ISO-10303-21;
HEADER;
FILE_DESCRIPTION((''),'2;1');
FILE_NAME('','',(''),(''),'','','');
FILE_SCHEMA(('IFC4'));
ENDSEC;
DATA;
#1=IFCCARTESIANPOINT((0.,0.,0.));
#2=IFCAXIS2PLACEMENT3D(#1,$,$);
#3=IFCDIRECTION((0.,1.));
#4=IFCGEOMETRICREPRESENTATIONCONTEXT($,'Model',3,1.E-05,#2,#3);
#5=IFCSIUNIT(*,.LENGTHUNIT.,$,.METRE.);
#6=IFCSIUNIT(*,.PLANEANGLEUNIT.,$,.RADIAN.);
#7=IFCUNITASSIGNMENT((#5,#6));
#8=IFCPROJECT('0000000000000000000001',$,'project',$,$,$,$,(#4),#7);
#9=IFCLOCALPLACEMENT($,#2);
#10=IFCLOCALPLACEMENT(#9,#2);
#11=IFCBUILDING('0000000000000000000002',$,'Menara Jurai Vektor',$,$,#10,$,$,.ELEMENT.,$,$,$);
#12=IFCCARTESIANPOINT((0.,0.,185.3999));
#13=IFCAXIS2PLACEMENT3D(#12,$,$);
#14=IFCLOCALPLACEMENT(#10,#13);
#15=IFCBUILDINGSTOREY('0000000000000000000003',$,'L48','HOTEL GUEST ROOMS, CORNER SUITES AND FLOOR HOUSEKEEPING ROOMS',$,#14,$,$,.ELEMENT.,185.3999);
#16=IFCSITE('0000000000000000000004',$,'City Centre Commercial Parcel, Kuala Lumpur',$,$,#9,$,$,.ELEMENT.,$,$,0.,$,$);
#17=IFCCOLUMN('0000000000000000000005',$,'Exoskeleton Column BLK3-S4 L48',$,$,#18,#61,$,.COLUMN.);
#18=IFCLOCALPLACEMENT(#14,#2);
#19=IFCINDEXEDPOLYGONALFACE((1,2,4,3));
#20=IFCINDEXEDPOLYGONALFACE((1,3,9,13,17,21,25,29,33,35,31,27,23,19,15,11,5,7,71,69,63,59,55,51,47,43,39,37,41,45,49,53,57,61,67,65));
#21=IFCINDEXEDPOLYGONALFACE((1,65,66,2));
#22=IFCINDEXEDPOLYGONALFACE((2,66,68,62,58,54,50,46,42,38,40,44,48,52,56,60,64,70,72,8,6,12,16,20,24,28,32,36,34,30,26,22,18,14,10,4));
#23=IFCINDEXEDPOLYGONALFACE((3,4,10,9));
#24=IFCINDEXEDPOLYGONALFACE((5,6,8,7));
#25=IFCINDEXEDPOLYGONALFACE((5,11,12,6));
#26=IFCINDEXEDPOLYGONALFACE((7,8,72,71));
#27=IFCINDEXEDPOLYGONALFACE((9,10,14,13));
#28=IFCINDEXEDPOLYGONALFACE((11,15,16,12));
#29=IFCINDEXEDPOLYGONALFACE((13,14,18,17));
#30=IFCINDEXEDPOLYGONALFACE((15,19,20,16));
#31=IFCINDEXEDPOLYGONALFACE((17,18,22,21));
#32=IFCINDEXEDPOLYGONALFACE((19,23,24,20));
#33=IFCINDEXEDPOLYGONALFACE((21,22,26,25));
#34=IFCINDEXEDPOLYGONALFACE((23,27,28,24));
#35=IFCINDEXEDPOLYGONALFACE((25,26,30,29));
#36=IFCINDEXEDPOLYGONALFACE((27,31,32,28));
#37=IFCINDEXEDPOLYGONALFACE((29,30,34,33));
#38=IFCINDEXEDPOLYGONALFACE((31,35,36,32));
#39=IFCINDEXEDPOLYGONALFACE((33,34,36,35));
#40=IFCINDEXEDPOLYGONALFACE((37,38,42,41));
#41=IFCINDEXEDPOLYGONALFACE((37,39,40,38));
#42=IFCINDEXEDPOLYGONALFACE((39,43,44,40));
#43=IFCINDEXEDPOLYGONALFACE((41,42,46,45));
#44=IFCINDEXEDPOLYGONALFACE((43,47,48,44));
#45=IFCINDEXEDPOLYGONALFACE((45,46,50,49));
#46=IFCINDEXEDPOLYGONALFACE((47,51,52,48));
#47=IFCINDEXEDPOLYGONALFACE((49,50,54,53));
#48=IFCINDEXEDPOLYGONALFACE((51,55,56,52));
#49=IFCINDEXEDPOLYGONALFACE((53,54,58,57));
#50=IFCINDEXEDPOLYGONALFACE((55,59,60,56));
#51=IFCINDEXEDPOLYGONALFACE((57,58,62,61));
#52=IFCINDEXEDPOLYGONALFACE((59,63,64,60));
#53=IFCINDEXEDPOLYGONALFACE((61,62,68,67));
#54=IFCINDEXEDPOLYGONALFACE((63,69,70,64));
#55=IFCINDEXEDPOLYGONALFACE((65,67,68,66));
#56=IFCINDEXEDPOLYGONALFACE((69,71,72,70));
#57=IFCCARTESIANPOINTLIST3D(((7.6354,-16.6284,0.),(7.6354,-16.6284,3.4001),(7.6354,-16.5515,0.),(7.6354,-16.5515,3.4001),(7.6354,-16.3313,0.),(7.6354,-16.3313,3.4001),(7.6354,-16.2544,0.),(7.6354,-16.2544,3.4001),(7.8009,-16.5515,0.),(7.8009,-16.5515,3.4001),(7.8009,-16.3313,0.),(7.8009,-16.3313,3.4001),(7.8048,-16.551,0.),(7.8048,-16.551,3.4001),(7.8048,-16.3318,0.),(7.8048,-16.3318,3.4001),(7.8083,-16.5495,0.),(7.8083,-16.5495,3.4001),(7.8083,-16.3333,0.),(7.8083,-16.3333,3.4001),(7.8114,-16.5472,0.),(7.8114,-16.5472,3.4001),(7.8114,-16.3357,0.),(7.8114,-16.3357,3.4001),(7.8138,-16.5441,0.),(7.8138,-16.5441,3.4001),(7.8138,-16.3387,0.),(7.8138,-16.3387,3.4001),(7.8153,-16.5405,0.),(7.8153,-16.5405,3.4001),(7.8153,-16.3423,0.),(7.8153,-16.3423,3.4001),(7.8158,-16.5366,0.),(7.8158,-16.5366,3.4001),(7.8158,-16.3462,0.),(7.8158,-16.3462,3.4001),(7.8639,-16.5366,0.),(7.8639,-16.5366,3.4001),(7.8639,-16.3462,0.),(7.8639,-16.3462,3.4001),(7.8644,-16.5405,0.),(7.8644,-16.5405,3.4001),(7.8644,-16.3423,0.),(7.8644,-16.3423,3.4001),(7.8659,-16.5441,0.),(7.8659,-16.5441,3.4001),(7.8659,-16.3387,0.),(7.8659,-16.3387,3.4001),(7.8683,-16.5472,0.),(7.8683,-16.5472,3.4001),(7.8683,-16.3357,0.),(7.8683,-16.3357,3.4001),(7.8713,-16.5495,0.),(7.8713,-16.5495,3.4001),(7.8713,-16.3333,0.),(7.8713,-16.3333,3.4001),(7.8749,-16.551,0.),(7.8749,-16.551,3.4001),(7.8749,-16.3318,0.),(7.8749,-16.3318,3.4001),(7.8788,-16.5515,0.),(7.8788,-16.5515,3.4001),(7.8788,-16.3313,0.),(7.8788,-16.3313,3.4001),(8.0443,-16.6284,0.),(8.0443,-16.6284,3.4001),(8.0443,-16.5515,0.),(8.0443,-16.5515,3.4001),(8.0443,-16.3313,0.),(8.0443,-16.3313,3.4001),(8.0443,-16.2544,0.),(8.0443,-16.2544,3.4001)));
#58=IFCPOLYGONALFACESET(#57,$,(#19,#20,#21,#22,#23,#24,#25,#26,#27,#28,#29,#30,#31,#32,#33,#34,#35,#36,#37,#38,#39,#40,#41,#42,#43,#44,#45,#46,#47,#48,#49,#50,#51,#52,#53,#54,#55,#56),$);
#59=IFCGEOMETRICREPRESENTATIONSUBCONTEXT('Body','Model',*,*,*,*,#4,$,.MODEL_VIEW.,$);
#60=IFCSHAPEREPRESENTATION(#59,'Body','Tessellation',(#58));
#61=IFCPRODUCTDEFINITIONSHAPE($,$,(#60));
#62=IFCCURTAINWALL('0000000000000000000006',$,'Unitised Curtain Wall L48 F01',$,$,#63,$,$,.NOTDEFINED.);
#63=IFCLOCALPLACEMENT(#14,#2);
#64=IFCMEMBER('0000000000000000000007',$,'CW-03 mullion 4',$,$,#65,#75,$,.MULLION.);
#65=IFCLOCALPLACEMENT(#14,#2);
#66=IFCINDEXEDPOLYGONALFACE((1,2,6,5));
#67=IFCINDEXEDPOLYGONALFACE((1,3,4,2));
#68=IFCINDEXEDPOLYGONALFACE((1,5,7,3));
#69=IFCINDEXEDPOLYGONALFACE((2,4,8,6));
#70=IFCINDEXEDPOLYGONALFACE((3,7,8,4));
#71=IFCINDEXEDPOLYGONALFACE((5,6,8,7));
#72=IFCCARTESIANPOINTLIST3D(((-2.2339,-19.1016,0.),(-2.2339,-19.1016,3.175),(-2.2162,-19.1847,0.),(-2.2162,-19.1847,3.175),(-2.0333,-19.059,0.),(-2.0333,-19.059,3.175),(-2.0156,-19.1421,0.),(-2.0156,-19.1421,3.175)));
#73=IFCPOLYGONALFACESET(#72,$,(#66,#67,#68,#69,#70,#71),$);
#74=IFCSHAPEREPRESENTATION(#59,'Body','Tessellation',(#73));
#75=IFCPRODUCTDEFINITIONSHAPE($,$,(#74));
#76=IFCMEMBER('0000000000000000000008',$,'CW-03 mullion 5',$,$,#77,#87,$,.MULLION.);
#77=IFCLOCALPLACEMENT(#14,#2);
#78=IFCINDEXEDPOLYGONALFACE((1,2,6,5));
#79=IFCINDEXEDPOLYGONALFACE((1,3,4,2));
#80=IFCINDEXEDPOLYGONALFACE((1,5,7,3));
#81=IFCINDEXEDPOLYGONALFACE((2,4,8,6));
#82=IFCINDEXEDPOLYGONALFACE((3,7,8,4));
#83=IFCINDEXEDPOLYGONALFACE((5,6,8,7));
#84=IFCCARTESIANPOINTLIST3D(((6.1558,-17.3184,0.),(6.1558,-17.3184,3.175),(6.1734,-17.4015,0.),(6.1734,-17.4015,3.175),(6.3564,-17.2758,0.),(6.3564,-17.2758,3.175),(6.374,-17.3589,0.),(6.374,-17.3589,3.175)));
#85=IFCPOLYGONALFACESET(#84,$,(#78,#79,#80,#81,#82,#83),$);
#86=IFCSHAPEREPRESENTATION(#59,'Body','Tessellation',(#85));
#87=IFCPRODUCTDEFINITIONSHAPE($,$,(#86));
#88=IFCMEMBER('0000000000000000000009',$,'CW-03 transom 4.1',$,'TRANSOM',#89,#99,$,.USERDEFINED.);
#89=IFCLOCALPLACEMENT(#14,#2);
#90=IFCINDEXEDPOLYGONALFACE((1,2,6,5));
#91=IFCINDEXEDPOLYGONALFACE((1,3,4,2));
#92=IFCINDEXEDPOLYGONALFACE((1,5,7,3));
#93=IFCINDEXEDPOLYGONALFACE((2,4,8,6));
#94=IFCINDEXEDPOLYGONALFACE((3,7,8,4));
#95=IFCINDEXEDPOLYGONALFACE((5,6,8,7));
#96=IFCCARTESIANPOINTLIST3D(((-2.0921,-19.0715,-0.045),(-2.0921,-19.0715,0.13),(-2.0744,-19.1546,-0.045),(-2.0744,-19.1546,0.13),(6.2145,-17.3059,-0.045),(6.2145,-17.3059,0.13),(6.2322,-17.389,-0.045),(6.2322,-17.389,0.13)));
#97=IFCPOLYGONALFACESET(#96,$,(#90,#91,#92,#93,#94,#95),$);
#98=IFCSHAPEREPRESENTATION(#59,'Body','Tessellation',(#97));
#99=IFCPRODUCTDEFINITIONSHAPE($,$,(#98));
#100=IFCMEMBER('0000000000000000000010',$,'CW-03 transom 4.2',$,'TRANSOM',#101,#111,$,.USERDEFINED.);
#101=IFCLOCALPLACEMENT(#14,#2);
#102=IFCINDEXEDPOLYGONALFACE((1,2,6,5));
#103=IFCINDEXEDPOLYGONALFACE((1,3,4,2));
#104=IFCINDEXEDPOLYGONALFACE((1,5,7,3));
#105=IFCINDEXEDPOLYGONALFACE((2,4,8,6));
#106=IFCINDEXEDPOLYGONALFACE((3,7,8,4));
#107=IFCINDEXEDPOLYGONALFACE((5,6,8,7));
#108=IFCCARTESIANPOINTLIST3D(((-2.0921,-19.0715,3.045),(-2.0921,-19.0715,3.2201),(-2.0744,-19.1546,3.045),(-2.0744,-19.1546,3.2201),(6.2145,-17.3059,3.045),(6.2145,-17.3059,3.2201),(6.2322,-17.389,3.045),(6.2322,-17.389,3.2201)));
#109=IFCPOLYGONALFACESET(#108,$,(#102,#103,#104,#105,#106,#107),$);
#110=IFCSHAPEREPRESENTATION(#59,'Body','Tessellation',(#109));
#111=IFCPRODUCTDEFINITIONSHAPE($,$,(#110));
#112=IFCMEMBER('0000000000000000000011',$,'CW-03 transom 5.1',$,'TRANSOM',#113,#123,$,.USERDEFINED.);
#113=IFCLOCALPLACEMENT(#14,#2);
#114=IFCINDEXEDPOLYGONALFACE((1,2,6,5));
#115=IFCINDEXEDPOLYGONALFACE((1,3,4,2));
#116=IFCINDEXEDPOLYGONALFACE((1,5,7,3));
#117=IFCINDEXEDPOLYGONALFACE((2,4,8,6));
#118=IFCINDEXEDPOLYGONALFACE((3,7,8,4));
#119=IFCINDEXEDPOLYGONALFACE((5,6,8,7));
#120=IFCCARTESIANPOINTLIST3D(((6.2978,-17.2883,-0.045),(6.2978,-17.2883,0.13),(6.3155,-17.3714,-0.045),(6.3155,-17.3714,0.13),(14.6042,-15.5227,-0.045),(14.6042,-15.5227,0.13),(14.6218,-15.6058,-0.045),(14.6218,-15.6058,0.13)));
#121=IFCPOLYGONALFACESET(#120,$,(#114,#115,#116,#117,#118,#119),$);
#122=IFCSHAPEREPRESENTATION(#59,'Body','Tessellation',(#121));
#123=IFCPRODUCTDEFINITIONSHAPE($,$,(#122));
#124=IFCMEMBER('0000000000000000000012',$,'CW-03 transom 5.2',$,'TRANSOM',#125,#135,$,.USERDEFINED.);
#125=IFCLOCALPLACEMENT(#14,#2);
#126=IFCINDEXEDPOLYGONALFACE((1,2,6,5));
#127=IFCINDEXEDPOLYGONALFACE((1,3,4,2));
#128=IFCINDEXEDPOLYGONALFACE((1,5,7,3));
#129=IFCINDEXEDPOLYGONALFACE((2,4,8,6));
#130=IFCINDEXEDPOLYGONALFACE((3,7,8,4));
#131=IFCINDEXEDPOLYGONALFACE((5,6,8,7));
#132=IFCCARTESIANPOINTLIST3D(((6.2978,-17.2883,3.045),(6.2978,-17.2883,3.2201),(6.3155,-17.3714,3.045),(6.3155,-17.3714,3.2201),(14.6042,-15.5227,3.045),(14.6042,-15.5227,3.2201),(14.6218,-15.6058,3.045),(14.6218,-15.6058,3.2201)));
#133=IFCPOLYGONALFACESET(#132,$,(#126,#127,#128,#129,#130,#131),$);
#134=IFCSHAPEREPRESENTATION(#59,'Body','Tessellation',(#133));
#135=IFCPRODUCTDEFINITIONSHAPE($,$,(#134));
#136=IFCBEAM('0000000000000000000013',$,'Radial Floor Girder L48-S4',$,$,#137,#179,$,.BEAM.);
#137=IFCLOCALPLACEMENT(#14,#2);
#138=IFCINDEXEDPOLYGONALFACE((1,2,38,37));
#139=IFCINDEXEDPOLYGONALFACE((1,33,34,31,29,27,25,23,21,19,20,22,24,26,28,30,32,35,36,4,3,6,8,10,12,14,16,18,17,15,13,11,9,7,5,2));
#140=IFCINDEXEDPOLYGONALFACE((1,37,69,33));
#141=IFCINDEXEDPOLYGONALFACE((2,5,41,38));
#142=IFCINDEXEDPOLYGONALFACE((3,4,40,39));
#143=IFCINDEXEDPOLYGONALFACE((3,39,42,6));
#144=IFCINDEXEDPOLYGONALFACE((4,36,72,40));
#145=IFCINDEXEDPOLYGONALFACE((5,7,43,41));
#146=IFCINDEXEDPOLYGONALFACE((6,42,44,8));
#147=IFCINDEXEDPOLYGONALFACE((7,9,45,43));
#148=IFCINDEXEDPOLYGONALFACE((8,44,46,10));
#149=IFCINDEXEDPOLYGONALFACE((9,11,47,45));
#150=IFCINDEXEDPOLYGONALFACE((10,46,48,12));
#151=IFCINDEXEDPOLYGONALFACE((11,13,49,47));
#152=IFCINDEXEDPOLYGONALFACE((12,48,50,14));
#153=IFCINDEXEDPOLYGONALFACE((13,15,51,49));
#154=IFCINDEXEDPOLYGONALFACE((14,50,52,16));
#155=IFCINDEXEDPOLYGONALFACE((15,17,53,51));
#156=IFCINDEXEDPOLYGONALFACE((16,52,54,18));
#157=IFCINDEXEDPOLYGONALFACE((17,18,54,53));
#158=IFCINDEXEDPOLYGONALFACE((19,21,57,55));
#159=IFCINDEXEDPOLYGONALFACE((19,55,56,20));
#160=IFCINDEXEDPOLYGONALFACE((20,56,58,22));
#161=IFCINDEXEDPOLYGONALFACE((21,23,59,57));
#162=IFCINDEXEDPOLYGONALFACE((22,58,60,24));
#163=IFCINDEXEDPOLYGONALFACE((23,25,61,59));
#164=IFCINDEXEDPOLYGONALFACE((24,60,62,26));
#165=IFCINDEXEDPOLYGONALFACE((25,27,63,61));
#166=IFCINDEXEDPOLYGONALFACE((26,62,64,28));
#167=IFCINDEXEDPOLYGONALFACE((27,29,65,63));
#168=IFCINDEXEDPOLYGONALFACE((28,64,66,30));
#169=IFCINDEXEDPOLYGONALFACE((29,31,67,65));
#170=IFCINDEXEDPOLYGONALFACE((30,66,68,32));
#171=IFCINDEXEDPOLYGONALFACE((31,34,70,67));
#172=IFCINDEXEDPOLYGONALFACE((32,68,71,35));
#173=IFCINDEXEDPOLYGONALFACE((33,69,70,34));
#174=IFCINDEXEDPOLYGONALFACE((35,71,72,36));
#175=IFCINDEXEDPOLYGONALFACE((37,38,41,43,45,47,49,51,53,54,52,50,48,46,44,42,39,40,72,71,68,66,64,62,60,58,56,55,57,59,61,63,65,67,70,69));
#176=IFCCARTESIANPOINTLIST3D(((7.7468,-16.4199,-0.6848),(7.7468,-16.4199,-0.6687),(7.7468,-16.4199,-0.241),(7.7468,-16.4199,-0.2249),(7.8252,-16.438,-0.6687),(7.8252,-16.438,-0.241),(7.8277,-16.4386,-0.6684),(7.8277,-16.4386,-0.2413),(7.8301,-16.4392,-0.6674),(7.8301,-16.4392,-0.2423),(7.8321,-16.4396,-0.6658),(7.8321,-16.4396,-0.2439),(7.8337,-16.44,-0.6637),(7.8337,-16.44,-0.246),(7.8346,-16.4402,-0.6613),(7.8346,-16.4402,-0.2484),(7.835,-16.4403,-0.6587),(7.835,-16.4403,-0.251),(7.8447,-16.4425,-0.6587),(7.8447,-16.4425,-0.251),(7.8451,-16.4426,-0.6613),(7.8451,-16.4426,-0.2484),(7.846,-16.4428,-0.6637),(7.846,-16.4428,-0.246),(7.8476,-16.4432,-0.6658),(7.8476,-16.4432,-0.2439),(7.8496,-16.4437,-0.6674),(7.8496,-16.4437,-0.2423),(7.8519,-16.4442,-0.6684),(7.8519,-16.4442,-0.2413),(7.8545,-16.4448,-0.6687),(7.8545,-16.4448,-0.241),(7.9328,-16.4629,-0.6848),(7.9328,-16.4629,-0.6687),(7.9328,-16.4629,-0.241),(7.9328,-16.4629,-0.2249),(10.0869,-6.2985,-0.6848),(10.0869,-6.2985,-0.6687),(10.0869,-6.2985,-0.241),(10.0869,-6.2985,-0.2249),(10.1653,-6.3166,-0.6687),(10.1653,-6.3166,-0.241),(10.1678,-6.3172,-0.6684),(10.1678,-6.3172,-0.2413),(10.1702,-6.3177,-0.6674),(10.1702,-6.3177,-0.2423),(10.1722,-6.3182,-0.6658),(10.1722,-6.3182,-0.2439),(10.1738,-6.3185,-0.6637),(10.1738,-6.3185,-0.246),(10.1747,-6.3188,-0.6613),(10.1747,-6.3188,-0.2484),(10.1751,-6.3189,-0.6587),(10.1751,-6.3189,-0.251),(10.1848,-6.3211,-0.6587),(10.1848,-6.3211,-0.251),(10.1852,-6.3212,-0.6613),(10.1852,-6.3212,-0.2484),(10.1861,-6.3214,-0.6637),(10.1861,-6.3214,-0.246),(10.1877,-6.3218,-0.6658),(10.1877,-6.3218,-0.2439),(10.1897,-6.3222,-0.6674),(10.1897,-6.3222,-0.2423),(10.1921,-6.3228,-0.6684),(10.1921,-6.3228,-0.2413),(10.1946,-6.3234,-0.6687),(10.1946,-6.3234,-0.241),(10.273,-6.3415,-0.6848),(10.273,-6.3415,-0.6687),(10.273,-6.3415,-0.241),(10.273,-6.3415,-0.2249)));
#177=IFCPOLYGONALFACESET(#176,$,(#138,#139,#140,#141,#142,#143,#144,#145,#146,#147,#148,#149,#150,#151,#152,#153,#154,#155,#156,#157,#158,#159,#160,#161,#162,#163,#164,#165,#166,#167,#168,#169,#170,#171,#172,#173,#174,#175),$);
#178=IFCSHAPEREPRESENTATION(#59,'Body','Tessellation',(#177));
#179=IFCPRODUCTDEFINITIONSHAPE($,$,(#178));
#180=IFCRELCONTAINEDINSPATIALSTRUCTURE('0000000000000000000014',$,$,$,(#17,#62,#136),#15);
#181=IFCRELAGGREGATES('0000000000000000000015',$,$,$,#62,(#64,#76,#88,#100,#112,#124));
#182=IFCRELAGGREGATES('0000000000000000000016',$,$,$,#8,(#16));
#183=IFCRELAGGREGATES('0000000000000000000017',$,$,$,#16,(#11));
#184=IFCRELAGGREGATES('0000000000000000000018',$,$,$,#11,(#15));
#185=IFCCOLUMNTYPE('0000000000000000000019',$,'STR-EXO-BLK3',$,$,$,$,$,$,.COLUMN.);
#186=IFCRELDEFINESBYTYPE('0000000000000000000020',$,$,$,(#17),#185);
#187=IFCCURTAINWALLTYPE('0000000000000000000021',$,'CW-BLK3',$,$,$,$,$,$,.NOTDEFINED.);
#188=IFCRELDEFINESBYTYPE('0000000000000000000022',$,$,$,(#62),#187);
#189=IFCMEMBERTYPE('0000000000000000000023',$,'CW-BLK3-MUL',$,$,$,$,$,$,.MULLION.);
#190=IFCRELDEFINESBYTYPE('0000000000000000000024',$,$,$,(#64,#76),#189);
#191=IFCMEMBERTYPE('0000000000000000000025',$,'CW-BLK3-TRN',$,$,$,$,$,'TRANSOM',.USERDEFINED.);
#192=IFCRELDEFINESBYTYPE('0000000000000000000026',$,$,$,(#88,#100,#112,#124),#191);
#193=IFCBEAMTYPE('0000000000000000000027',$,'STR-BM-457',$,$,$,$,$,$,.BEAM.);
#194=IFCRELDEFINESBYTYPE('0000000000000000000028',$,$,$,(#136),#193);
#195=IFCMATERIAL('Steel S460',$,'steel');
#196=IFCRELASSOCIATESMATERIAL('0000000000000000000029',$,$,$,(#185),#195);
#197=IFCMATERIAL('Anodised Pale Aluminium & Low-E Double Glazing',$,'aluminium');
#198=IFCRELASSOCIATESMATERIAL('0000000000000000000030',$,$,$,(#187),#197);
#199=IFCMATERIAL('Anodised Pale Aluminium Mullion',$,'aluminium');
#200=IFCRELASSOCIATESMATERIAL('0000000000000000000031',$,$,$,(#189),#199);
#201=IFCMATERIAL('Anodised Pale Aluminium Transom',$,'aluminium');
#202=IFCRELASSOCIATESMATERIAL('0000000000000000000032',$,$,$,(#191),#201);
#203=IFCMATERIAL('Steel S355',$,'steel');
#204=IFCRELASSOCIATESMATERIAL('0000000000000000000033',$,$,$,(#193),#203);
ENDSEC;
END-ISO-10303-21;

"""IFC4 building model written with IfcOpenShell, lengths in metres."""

from ifc_helpers import new_model, si_unit, direction, frame, origin, origin_2d, place, context, subcontext, project, spatial, rectangle, i_section, extrude, material, material_profile, profile_set, type_object, element, aggregate, save


model = new_model("IFC4")

# Units and contexts
model_context = context("Model", 3, precision=1e-05, world=origin(), true_north=direction((0.0, 1.0)))
body_context = subcontext(model_context, "Body", "Model", "MODEL_VIEW")
ifc_project = project(units=[si_unit("LENGTHUNIT", "METRE"), si_unit("PLANEANGLEUNIT", "RADIAN")], contexts=[model_context])

# Site, building, storey
site_placement = place(None, origin())
site = spatial("IfcSite", under=ifc_project, at=site_placement, Name="City Centre Commercial Parcel, Kuala Lumpur", CompositionType="ELEMENT", RefElevation=0.0)
building_placement = place(site_placement, origin())
building = spatial("IfcBuilding", under=site, at=building_placement, Name="Menara Jurai Vektor", CompositionType="ELEMENT")
storey_placement = place(building_placement, frame((0.0, 0.0, 185.3999)))
storey = spatial("IfcBuildingStorey", under=building, at=storey_placement, Name="L48", Description="HOTEL GUEST ROOMS, CORNER SUITES AND FLOOR HOUSEKEEPING ROOMS", CompositionType="ELEMENT", Elevation=185.3999)

# Column
ifc_material_1 = material(Name="Steel S460", Category="steel")
ifc_material_profile_1 = material_profile(ifc_material_1, i_section(OverallWidth=0.4089, OverallDepth=0.374, WebThickness=0.0481, FlangeThickness=0.0769, FilletRadius=0.0149, at=origin_2d()), Name="HD 400x634")
ifc_profile_set_1 = profile_set([ifc_material_profile_1], Name="Steel S460")
column_type = type_object("IfcColumnType", Name="STR-EXO-BLK3", PredefinedType="COLUMN", material=ifc_profile_set_1)
column_placement = place(storey_placement, frame((7.8398, -16.4414, 0.0), z_axis=(0.0, 0.0, 1.0), x_axis=(1.0, 0.0, 0.0)))
element("IfcColumn", 1, at=column_placement, inside=storey, type_object=column_type, Name="Exoskeleton Column BLK3-S4 L48", PredefinedType="COLUMN", context=body_context, shape_type="SweptSolid", body=[
    extrude(i_section(OverallWidth=0.4089, OverallDepth=0.374, WebThickness=0.0481, FlangeThickness=0.0769, FilletRadius=0.0149, at=origin_2d()), origin(), (0.0, 0.0, 1.0), 3.4001),
])

# Curtain wall, members
ifc_material_2 = material(Name="Anodised Pale Aluminium & Low-E Double Glazing", Category="aluminium")
curtain_wall_type = type_object("IfcCurtainWallType", Name="CW-BLK3", PredefinedType="NOTDEFINED", material=ifc_material_2)
curtain_wall_placement = place(storey_placement, origin())
curtain_wall = element("IfcCurtainWall", 2, at=curtain_wall_placement, inside=storey, type_object=curtain_wall_type, Name="Unitised Curtain Wall L48 F01", PredefinedType="NOTDEFINED")
ifc_material_3 = material(Name="Anodised Pale Aluminium Mullion", Category="aluminium")
ifc_material_profile_2 = material_profile(ifc_material_3, rectangle(XDim=0.085, YDim=0.2051, at=origin_2d()), Name="ALU MUL 85x205")
ifc_profile_set_2 = profile_set([ifc_material_profile_2], Name="Anodised Pale Aluminium Mullion")
member_type_1 = type_object("IfcMemberType", Name="CW-BLK3-MUL", PredefinedType="MULLION", material=ifc_profile_set_2)
member_1_placement = place(storey_placement, frame((-2.1248, -19.1218, 0.0), z_axis=(0.0, 0.0, 1.0), x_axis=(-0.207911, 0.978148, 0.0)))
member_1 = element("IfcMember", 3, at=member_1_placement, type_object=member_type_1, Name="CW-03 mullion 4", PredefinedType="MULLION", context=body_context, shape_type="SweptSolid", body=[
    extrude(rectangle(XDim=0.085, YDim=0.2051, at=origin_2d()), origin(), (0.0, 0.0, 1.0), 3.175),
])
member_2_placement = place(storey_placement, frame((6.2649, -17.3386, 0.0), z_axis=(0.0, 0.0, 1.0), x_axis=(-0.207911, 0.978148, 0.0)))
member_2 = element("IfcMember", 4, at=member_2_placement, type_object=member_type_1, Name="CW-03 mullion 5", PredefinedType="MULLION", context=body_context, shape_type="SweptSolid", body=[
    extrude(rectangle(XDim=0.085, YDim=0.2051, at=origin_2d()), origin(), (0.0, 0.0, 1.0), 3.175),
])
ifc_material_4 = material(Name="Anodised Pale Aluminium Transom", Category="aluminium")
ifc_material_profile_3 = material_profile(ifc_material_4, rectangle(XDim=0.085, YDim=0.175, at=origin_2d()), Name="ALU TRN 85x175")
ifc_profile_set_3 = profile_set([ifc_material_profile_3], Name="Anodised Pale Aluminium Transom")
member_type_2 = type_object("IfcMemberType", Name="CW-BLK3-TRN", ElementType="TRANSOM", PredefinedType="USERDEFINED", material=ifc_profile_set_3)
member_3_placement = place(storey_placement, frame((-2.0833, -19.113, 0.0425), z_axis=(0.978148, 0.207911, 0.0), x_axis=(-0.207911, 0.978148, 0.0)))
member_3 = element("IfcMember", 5, at=member_3_placement, type_object=member_type_2, Name="CW-03 transom 4.1", ObjectType="TRANSOM", PredefinedType="USERDEFINED", context=body_context, shape_type="SweptSolid", body=[
    extrude(rectangle(XDim=0.085, YDim=0.175, at=origin_2d()), origin(), (0.0, 0.0, 1.0), 8.4922),
])
member_4_placement = place(storey_placement, frame((-2.0833, -19.113, 3.1326), z_axis=(0.978148, 0.207911, 0.0), x_axis=(-0.207911, 0.978148, 0.0)))
member_4 = element("IfcMember", 6, at=member_4_placement, type_object=member_type_2, Name="CW-03 transom 4.2", ObjectType="TRANSOM", PredefinedType="USERDEFINED", context=body_context, shape_type="SweptSolid", body=[
    extrude(rectangle(XDim=0.085, YDim=0.175, at=origin_2d()), origin(), (0.0, 0.0, 1.0), 8.4922),
])
member_5_placement = place(storey_placement, frame((6.3066, -17.3298, 0.0425), z_axis=(0.978147, 0.207917, 0.0), x_axis=(-0.207917, 0.978147, 0.0)))
member_5 = element("IfcMember", 7, at=member_5_placement, type_object=member_type_2, Name="CW-03 transom 5.1", ObjectType="TRANSOM", PredefinedType="USERDEFINED", context=body_context, shape_type="SweptSolid", body=[
    extrude(rectangle(XDim=0.085, YDim=0.175, at=origin_2d()), origin(), (0.0, 0.0, 1.0), 8.4919),
])
member_6_placement = place(storey_placement, frame((6.3066, -17.3298, 3.1326), z_axis=(0.978147, 0.207917, 0.0), x_axis=(-0.207917, 0.978147, 0.0)))
member_6 = element("IfcMember", 8, at=member_6_placement, type_object=member_type_2, Name="CW-03 transom 5.2", ObjectType="TRANSOM", PredefinedType="USERDEFINED", context=body_context, shape_type="SweptSolid", body=[
    extrude(rectangle(XDim=0.085, YDim=0.175, at=origin_2d()), origin(), (0.0, 0.0, 1.0), 8.4919),
])

# Beam
ifc_material_5 = material(Name="Steel S355", Category="steel")
ifc_material_profile_4 = material_profile(ifc_material_5, i_section(OverallWidth=0.1909, OverallDepth=0.46, WebThickness=0.01, FlangeThickness=0.0161, FilletRadius=0.01, at=origin_2d()), Name="UKB 457x191x82")
ifc_profile_set_4 = profile_set([ifc_material_profile_4], Name="Steel S355")
beam_type_1 = type_object("IfcBeamType", Name="STR-BM-457", PredefinedType="BEAM", material=ifc_profile_set_4)
beam_1_placement = place(storey_placement, frame((7.8398, -16.4414, -0.4548), z_axis=(0.225261, 0.974298, 0.0), x_axis=(-0.974298, 0.225261, 0.0)))
element("IfcBeam", 9, at=beam_1_placement, inside=storey, type_object=beam_type_1, Name="Radial Floor Girder L48-S4", PredefinedType="BEAM", context=body_context, shape_type="SweptSolid", body=[
    extrude(i_section(OverallWidth=0.1909, OverallDepth=0.46, WebThickness=0.01, FlangeThickness=0.0161, FilletRadius=0.01, at=origin_2d()), origin(), (0.0, 0.0, 1.0), 10.3884),
])

aggregate(curtain_wall, [member_1, member_2, member_3, member_4, member_5, member_6])

save(model, "model.ifc")
